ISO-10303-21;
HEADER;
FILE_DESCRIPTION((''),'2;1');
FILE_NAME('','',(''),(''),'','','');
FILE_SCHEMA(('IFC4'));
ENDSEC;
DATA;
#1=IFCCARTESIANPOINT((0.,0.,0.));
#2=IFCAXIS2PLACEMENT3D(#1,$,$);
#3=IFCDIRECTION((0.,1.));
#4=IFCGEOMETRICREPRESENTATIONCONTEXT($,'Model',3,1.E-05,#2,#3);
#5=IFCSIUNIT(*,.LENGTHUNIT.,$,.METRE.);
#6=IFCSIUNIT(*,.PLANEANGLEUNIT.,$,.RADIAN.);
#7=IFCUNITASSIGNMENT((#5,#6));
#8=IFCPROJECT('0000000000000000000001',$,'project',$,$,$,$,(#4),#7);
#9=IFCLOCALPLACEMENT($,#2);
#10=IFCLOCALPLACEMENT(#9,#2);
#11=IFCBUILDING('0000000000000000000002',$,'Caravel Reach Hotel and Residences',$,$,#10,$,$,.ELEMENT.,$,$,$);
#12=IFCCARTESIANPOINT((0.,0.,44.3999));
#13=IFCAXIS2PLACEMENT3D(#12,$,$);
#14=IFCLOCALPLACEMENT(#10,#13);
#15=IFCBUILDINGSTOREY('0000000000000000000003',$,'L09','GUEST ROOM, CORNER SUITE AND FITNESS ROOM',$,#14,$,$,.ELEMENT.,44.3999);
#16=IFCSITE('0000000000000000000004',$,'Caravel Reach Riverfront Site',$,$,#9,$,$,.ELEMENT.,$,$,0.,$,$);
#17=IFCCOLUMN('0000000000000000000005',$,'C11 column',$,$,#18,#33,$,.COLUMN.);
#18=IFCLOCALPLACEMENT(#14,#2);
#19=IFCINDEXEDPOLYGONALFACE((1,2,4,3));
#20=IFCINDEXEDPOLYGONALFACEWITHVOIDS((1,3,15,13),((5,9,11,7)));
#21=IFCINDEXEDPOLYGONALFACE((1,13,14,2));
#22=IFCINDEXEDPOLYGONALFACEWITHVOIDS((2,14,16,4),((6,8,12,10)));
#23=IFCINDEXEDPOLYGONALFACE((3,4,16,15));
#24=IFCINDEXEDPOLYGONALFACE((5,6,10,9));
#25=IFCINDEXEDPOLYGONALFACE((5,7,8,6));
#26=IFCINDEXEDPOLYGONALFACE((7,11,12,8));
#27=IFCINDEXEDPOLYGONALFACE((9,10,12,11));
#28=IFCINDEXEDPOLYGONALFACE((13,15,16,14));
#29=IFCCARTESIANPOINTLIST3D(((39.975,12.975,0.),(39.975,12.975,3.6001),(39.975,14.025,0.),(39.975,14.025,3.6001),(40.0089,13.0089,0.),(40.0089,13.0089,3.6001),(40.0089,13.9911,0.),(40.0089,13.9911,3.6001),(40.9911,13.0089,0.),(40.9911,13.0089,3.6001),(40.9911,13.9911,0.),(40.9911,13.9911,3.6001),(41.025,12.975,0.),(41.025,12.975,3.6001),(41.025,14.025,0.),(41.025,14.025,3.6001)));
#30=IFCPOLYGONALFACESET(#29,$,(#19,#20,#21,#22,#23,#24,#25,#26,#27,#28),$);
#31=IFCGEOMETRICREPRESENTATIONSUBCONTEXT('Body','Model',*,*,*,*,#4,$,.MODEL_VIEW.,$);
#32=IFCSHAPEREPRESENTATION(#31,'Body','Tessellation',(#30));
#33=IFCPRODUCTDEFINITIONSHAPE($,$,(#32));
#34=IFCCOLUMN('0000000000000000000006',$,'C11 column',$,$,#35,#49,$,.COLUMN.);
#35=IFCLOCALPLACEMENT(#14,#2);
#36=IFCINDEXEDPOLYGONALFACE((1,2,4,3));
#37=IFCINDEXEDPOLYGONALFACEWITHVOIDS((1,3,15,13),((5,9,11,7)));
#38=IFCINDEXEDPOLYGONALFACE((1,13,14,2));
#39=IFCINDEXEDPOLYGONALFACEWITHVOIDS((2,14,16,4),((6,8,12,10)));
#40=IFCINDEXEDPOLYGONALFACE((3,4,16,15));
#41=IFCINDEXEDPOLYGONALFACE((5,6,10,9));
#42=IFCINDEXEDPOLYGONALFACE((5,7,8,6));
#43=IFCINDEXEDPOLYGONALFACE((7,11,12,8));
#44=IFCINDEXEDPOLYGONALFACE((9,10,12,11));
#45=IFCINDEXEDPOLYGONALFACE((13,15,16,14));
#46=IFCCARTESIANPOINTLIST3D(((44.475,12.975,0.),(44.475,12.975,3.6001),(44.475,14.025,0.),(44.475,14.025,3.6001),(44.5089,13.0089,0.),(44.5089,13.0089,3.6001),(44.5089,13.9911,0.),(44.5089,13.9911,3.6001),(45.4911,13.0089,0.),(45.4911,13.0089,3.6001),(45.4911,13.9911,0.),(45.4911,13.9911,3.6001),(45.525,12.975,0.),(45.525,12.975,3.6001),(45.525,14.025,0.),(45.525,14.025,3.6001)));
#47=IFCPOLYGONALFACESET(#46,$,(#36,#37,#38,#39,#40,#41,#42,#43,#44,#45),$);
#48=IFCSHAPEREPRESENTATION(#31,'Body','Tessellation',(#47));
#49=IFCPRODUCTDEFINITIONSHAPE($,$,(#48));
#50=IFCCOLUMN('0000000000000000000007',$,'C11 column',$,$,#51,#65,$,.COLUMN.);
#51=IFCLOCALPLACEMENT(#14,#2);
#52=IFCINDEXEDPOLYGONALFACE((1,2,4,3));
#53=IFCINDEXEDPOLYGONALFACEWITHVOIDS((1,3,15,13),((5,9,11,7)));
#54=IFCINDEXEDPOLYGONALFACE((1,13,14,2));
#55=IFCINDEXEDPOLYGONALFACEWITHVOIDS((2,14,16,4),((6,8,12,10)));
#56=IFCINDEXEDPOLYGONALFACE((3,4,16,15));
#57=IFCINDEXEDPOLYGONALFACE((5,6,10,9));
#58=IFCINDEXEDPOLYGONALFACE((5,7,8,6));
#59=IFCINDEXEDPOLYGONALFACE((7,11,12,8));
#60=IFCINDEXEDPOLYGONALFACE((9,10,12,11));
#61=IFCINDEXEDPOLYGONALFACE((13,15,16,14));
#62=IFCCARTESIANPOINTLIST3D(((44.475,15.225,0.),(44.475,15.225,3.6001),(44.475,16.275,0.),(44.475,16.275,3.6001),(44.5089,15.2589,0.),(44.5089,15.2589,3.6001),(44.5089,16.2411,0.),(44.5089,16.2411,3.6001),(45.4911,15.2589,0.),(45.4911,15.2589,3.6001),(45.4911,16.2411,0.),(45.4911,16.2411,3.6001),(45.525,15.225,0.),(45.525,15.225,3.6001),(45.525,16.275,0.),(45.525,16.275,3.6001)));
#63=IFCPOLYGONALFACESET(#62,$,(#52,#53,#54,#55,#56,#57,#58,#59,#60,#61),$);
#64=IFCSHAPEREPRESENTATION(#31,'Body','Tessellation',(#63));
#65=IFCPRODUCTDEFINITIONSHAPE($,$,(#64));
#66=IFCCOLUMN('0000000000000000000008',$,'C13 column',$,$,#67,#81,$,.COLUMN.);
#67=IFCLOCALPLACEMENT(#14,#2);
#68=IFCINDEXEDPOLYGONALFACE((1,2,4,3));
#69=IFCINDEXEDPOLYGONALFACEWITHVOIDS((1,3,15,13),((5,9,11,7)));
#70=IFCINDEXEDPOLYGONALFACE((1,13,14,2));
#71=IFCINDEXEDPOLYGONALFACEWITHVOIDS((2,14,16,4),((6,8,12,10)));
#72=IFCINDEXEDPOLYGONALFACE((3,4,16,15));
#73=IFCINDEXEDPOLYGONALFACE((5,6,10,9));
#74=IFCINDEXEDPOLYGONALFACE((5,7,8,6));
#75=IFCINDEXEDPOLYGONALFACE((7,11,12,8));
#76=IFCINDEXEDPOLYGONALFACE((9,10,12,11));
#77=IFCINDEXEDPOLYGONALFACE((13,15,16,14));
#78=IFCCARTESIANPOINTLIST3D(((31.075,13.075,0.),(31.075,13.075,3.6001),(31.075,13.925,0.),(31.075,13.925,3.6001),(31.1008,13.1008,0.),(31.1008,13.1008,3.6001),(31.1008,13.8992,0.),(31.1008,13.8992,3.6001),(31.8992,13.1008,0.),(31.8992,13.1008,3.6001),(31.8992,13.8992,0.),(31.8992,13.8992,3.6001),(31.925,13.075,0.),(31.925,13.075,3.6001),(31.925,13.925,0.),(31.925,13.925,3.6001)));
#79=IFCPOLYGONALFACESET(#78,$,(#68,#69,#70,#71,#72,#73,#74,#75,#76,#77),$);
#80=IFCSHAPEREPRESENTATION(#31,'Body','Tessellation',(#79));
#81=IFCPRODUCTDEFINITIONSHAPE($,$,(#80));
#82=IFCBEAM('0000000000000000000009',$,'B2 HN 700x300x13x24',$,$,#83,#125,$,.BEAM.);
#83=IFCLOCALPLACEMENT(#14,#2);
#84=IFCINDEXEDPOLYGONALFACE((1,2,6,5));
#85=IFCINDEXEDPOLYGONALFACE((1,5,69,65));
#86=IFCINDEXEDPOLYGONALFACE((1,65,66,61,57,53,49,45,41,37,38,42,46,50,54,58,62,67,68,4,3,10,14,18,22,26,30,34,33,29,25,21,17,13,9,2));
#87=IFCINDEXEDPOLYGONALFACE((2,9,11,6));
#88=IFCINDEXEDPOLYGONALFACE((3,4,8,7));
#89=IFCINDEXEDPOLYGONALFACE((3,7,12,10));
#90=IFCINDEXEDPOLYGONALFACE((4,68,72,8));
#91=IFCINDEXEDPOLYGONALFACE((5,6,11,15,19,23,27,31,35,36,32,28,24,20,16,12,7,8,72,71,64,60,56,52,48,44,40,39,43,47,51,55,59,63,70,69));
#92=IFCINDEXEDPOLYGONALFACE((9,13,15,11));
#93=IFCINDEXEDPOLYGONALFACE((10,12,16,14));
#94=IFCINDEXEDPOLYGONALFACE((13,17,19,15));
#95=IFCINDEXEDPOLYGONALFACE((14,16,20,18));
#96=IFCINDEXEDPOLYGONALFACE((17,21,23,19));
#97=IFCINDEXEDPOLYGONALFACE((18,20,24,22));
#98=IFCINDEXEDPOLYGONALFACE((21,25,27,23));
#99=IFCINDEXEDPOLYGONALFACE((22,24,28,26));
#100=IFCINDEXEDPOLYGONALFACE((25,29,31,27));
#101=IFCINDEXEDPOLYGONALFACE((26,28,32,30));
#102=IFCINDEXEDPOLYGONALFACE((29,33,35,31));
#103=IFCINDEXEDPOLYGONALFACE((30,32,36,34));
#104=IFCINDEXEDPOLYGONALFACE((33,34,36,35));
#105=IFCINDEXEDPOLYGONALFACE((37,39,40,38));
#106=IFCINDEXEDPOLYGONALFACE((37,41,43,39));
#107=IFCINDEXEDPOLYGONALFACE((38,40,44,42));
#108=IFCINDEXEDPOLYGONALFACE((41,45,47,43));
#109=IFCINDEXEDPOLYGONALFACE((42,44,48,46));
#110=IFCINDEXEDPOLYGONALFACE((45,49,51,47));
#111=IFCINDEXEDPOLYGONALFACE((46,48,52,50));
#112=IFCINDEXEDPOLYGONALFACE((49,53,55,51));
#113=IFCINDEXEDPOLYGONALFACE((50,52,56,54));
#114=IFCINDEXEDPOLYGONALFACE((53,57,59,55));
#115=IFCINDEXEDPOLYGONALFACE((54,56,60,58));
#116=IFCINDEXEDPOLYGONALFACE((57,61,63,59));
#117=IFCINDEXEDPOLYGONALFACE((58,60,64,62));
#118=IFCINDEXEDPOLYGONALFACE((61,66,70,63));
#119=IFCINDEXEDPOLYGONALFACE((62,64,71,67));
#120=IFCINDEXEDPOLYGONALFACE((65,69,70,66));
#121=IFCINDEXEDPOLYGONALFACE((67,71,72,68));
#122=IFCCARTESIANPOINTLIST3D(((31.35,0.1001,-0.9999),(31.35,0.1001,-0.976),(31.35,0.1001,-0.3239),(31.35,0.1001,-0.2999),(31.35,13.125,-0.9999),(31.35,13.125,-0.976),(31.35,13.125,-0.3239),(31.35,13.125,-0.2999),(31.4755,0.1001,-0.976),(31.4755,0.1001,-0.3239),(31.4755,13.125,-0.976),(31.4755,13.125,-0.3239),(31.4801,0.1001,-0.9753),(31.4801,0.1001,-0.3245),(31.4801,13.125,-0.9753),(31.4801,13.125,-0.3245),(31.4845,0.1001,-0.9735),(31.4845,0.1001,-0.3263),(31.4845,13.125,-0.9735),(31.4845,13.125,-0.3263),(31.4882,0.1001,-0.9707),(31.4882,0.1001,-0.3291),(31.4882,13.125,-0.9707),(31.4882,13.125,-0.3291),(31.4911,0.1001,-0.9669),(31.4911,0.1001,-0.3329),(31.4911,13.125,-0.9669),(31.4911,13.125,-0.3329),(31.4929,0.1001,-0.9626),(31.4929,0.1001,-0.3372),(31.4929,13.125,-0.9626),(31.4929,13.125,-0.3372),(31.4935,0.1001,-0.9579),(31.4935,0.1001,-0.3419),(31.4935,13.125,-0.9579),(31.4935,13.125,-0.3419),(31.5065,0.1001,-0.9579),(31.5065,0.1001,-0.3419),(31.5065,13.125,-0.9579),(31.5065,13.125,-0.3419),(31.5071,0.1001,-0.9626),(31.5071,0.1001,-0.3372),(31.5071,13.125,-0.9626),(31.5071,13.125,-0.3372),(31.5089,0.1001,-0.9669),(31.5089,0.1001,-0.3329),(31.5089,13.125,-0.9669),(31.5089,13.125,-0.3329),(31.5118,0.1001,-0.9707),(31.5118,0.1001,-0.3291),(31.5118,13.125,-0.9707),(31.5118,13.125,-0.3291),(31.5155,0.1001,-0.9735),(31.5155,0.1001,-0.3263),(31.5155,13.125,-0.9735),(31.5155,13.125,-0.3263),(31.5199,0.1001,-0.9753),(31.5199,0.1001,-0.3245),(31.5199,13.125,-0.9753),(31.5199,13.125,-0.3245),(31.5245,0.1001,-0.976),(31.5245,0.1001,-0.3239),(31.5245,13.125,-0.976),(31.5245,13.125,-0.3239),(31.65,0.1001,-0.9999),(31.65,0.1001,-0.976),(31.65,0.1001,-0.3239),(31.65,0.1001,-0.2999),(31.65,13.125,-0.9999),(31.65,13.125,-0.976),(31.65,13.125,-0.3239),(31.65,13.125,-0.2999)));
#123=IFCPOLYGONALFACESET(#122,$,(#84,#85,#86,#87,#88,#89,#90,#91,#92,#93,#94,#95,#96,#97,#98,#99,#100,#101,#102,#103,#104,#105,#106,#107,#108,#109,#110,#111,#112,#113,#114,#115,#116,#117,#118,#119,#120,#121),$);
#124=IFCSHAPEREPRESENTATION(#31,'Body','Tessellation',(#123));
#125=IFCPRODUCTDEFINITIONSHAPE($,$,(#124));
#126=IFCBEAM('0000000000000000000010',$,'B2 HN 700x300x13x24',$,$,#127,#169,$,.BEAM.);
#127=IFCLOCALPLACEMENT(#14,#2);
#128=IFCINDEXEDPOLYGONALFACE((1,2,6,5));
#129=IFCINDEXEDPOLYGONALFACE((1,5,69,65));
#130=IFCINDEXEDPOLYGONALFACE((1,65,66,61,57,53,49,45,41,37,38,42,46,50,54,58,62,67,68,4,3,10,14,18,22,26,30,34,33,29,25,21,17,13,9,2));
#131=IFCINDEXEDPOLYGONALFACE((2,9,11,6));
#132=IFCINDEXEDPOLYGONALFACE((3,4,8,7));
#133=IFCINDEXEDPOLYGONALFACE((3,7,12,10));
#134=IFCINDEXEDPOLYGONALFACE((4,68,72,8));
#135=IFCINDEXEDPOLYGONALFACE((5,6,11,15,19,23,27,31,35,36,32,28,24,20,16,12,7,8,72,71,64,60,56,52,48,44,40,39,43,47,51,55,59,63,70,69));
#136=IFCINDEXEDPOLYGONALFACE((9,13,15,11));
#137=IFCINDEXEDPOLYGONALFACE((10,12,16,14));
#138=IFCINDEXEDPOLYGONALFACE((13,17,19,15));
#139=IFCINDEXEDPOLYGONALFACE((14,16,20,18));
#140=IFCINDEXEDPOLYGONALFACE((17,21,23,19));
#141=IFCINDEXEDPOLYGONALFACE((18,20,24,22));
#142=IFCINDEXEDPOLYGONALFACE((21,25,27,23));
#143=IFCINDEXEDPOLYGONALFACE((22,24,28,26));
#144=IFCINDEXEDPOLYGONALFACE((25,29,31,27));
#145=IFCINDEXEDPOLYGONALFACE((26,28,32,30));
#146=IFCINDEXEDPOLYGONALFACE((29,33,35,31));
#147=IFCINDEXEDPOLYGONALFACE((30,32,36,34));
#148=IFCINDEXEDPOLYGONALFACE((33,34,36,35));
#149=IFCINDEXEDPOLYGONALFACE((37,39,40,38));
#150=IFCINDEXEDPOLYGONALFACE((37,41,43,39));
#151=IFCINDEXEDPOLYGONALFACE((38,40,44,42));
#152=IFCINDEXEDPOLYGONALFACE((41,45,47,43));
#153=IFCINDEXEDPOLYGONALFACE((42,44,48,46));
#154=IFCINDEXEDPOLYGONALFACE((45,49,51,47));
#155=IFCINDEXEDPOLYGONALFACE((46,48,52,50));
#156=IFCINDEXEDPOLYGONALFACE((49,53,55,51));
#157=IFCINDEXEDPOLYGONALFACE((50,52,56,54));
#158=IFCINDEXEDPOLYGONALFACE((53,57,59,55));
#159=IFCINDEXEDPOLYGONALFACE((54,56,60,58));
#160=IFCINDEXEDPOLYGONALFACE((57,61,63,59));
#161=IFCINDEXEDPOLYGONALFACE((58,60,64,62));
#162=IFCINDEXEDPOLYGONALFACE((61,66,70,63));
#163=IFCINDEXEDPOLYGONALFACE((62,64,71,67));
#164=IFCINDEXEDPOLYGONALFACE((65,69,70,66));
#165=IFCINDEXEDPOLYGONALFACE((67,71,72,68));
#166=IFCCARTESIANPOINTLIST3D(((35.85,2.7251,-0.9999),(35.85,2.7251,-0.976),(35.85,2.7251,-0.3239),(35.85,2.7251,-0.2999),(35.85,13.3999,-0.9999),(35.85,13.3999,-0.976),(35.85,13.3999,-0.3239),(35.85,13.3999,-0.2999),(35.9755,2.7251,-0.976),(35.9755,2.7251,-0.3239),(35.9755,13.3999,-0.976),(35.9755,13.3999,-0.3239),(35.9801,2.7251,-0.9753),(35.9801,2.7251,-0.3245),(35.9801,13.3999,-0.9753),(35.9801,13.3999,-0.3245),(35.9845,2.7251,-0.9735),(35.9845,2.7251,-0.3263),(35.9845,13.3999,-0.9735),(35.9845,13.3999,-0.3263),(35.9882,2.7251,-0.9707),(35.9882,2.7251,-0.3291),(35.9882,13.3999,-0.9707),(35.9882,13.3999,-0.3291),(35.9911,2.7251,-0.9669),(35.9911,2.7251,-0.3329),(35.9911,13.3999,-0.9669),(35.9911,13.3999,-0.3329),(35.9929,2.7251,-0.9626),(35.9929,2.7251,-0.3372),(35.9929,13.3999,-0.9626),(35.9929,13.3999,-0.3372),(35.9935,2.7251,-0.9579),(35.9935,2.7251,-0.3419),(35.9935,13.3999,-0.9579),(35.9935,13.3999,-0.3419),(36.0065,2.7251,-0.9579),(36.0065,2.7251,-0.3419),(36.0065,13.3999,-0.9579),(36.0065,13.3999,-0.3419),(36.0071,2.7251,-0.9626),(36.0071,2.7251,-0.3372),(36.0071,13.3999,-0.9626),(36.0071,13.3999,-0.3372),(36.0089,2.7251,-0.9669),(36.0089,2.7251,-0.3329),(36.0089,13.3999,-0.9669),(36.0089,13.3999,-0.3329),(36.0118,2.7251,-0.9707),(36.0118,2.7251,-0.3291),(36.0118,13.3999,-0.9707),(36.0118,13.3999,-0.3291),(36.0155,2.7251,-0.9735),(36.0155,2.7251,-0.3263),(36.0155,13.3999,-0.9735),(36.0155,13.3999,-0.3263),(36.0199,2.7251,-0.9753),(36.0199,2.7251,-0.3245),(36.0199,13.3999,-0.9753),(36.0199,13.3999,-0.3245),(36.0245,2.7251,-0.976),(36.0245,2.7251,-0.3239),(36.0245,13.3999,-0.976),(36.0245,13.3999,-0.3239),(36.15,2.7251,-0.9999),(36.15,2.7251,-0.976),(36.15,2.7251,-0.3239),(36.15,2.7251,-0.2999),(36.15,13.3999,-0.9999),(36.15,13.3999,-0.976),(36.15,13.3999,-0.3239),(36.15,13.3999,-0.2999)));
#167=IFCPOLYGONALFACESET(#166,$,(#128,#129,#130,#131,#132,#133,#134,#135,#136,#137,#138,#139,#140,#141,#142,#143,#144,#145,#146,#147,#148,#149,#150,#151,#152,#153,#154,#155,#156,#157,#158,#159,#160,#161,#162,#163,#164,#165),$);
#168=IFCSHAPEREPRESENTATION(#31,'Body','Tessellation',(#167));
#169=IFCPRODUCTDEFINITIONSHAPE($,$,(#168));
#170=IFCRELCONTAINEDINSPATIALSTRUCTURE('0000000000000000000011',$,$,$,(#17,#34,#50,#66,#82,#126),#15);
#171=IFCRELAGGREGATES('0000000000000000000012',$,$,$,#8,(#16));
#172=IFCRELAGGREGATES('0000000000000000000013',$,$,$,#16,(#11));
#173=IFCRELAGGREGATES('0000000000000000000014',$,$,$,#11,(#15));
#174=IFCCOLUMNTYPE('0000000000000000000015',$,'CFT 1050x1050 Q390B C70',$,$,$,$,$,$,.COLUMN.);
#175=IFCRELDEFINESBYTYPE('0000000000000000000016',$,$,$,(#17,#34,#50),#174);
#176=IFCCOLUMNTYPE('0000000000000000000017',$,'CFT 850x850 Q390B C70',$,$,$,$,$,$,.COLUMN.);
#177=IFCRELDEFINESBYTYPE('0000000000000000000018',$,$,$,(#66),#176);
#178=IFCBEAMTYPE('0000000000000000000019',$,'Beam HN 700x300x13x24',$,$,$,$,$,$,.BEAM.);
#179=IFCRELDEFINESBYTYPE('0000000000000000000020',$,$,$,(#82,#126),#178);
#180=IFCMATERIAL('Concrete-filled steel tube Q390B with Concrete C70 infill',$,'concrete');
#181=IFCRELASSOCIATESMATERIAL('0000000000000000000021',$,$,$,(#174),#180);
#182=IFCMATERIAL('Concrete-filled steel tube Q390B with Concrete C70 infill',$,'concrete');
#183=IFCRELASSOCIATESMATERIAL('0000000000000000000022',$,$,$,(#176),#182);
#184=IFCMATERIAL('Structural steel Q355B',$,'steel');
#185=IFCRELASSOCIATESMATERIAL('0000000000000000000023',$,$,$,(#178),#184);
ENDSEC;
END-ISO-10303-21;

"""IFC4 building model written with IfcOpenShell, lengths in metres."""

from ifc_helpers import new_model, si_unit, direction, frame, origin, origin_2d, place, context, subcontext, project, spatial, hollow_rectangle, i_section, extrude, material, material_profile, profile_set, type_object, element, save


model = new_model("IFC4")

# Units and contexts
model_context = context("Model", 3, precision=1e-05, world=origin(), true_north=direction((0.0, 1.0)))
body_context = subcontext(model_context, "Body", "Model", "MODEL_VIEW")
ifc_project = project(units=[si_unit("LENGTHUNIT", "METRE"), si_unit("PLANEANGLEUNIT", "RADIAN")], contexts=[model_context])

# Site, building, storey
site_placement = place(None, origin())
site = spatial("IfcSite", under=ifc_project, at=site_placement, Name="Caravel Reach Riverfront Site", CompositionType="ELEMENT", RefElevation=0.0)
building_placement = place(site_placement, origin())
building = spatial("IfcBuilding", under=site, at=building_placement, Name="Caravel Reach Hotel and Residences", CompositionType="ELEMENT")
storey_placement = place(building_placement, frame((0.0, 0.0, 44.3999)))
storey = spatial("IfcBuildingStorey", under=building, at=storey_placement, Name="L09", Description="GUEST ROOM, CORNER SUITE AND FITNESS ROOM", CompositionType="ELEMENT", Elevation=44.3999)

# Columns
ifc_material_1 = material(Name="Concrete-filled steel tube Q390B with Concrete C70 infill", Category="concrete")
ifc_material_profile_1 = material_profile(ifc_material_1, hollow_rectangle(XDim=1.05, YDim=1.05, WallThickness=0.0339, at=origin_2d()), Name="RHS 1050x1050x34")
ifc_profile_set_1 = profile_set([ifc_material_profile_1], Name="Concrete-filled steel tube Q390B with Concrete C70 infill")
column_type_1 = type_object("IfcColumnType", Name="CFT 1050x1050 Q390B C70", PredefinedType="COLUMN", material=ifc_profile_set_1)
for number, where, z_axis, x_axis, name in (
    (1, (40.5, 13.5, 0.0), (0.0, 0.0, 1.0), (1.0, 0.0, 0.0), "C11 column"),
    (2, (45.0, 13.5, 0.0), (0.0, 0.0, 1.0), (1.0, 0.0, 0.0), "C11 column"),
    (3, (45.0, 15.75, 0.0), (0.0, 0.0, 1.0), (1.0, 0.0, 0.0), "C11 column"),
):
    element("IfcColumn", number, at=place(storey_placement, frame(where, z_axis=z_axis, x_axis=x_axis)), inside=storey, type_object=column_type_1, Name=name, PredefinedType="COLUMN", context=body_context, shape_type="SweptSolid", body=[
        extrude(hollow_rectangle(XDim=1.05, YDim=1.05, WallThickness=0.0339, at=origin_2d()), origin(), (0.0, 0.0, 1.0), 3.6001),
    ])
ifc_material_2 = material(Name="Concrete-filled steel tube Q390B with Concrete C70 infill", Category="concrete")
ifc_material_profile_2 = material_profile(ifc_material_2, hollow_rectangle(XDim=0.8501, YDim=0.8501, WallThickness=0.0259, at=origin_2d()), Name="RHS 850x850x26")
ifc_profile_set_2 = profile_set([ifc_material_profile_2], Name="Concrete-filled steel tube Q390B with Concrete C70 infill")
column_type_2 = type_object("IfcColumnType", Name="CFT 850x850 Q390B C70", PredefinedType="COLUMN", material=ifc_profile_set_2)
column_placement = place(storey_placement, frame((31.5, 13.5, 0.0), z_axis=(0.0, 0.0, 1.0), x_axis=(1.0, 0.0, 0.0)))
element("IfcColumn", 4, at=column_placement, inside=storey, type_object=column_type_2, Name="C13 column", PredefinedType="COLUMN", context=body_context, shape_type="SweptSolid", body=[
    extrude(hollow_rectangle(XDim=0.8501, YDim=0.8501, WallThickness=0.0259, at=origin_2d()), origin(), (0.0, 0.0, 1.0), 3.6001),
])

# Beams
ifc_material_3 = material(Name="Structural steel Q355B", Category="steel")
ifc_material_profile_3 = material_profile(ifc_material_3, i_section(OverallWidth=0.3, OverallDepth=0.7, WebThickness=0.0129, FlangeThickness=0.0239, FilletRadius=0.0181, at=origin_2d()), Name="HN 700x300x13x24")
ifc_profile_set_3 = profile_set([ifc_material_profile_3], Name="Structural steel Q355B")
beam_type_1 = type_object("IfcBeamType", Name="Beam HN 700x300x13x24", PredefinedType="BEAM", material=ifc_profile_set_3)
beam_1_placement = place(storey_placement, frame((31.5, 13.125, -0.6499), z_axis=(0.0, -1.0, 0.0), x_axis=(1.0, 0.0, 0.0)))
element("IfcBeam", 5, at=beam_1_placement, inside=storey, type_object=beam_type_1, Name="B2 HN 700x300x13x24", PredefinedType="BEAM", context=body_context, shape_type="SweptSolid", body=[
    extrude(i_section(OverallWidth=0.3, OverallDepth=0.7, WebThickness=0.0129, FlangeThickness=0.0239, FilletRadius=0.0181, at=origin_2d()), origin(), (0.0, 0.0, 1.0), 13.0249),
])
beam_2_placement = place(storey_placement, frame((36.0, 13.3999, -0.6499), z_axis=(0.0, -1.0, 0.0), x_axis=(1.0, 0.0, 0.0)))
element("IfcBeam", 6, at=beam_2_placement, inside=storey, type_object=beam_type_1, Name="B2 HN 700x300x13x24", PredefinedType="BEAM", context=body_context, shape_type="SweptSolid", body=[
    extrude(i_section(OverallWidth=0.3, OverallDepth=0.7, WebThickness=0.0129, FlangeThickness=0.0239, FilletRadius=0.0181, at=origin_2d()), origin(), (0.0, 0.0, 1.0), 10.6748),
])

save(model, "model.ifc")
